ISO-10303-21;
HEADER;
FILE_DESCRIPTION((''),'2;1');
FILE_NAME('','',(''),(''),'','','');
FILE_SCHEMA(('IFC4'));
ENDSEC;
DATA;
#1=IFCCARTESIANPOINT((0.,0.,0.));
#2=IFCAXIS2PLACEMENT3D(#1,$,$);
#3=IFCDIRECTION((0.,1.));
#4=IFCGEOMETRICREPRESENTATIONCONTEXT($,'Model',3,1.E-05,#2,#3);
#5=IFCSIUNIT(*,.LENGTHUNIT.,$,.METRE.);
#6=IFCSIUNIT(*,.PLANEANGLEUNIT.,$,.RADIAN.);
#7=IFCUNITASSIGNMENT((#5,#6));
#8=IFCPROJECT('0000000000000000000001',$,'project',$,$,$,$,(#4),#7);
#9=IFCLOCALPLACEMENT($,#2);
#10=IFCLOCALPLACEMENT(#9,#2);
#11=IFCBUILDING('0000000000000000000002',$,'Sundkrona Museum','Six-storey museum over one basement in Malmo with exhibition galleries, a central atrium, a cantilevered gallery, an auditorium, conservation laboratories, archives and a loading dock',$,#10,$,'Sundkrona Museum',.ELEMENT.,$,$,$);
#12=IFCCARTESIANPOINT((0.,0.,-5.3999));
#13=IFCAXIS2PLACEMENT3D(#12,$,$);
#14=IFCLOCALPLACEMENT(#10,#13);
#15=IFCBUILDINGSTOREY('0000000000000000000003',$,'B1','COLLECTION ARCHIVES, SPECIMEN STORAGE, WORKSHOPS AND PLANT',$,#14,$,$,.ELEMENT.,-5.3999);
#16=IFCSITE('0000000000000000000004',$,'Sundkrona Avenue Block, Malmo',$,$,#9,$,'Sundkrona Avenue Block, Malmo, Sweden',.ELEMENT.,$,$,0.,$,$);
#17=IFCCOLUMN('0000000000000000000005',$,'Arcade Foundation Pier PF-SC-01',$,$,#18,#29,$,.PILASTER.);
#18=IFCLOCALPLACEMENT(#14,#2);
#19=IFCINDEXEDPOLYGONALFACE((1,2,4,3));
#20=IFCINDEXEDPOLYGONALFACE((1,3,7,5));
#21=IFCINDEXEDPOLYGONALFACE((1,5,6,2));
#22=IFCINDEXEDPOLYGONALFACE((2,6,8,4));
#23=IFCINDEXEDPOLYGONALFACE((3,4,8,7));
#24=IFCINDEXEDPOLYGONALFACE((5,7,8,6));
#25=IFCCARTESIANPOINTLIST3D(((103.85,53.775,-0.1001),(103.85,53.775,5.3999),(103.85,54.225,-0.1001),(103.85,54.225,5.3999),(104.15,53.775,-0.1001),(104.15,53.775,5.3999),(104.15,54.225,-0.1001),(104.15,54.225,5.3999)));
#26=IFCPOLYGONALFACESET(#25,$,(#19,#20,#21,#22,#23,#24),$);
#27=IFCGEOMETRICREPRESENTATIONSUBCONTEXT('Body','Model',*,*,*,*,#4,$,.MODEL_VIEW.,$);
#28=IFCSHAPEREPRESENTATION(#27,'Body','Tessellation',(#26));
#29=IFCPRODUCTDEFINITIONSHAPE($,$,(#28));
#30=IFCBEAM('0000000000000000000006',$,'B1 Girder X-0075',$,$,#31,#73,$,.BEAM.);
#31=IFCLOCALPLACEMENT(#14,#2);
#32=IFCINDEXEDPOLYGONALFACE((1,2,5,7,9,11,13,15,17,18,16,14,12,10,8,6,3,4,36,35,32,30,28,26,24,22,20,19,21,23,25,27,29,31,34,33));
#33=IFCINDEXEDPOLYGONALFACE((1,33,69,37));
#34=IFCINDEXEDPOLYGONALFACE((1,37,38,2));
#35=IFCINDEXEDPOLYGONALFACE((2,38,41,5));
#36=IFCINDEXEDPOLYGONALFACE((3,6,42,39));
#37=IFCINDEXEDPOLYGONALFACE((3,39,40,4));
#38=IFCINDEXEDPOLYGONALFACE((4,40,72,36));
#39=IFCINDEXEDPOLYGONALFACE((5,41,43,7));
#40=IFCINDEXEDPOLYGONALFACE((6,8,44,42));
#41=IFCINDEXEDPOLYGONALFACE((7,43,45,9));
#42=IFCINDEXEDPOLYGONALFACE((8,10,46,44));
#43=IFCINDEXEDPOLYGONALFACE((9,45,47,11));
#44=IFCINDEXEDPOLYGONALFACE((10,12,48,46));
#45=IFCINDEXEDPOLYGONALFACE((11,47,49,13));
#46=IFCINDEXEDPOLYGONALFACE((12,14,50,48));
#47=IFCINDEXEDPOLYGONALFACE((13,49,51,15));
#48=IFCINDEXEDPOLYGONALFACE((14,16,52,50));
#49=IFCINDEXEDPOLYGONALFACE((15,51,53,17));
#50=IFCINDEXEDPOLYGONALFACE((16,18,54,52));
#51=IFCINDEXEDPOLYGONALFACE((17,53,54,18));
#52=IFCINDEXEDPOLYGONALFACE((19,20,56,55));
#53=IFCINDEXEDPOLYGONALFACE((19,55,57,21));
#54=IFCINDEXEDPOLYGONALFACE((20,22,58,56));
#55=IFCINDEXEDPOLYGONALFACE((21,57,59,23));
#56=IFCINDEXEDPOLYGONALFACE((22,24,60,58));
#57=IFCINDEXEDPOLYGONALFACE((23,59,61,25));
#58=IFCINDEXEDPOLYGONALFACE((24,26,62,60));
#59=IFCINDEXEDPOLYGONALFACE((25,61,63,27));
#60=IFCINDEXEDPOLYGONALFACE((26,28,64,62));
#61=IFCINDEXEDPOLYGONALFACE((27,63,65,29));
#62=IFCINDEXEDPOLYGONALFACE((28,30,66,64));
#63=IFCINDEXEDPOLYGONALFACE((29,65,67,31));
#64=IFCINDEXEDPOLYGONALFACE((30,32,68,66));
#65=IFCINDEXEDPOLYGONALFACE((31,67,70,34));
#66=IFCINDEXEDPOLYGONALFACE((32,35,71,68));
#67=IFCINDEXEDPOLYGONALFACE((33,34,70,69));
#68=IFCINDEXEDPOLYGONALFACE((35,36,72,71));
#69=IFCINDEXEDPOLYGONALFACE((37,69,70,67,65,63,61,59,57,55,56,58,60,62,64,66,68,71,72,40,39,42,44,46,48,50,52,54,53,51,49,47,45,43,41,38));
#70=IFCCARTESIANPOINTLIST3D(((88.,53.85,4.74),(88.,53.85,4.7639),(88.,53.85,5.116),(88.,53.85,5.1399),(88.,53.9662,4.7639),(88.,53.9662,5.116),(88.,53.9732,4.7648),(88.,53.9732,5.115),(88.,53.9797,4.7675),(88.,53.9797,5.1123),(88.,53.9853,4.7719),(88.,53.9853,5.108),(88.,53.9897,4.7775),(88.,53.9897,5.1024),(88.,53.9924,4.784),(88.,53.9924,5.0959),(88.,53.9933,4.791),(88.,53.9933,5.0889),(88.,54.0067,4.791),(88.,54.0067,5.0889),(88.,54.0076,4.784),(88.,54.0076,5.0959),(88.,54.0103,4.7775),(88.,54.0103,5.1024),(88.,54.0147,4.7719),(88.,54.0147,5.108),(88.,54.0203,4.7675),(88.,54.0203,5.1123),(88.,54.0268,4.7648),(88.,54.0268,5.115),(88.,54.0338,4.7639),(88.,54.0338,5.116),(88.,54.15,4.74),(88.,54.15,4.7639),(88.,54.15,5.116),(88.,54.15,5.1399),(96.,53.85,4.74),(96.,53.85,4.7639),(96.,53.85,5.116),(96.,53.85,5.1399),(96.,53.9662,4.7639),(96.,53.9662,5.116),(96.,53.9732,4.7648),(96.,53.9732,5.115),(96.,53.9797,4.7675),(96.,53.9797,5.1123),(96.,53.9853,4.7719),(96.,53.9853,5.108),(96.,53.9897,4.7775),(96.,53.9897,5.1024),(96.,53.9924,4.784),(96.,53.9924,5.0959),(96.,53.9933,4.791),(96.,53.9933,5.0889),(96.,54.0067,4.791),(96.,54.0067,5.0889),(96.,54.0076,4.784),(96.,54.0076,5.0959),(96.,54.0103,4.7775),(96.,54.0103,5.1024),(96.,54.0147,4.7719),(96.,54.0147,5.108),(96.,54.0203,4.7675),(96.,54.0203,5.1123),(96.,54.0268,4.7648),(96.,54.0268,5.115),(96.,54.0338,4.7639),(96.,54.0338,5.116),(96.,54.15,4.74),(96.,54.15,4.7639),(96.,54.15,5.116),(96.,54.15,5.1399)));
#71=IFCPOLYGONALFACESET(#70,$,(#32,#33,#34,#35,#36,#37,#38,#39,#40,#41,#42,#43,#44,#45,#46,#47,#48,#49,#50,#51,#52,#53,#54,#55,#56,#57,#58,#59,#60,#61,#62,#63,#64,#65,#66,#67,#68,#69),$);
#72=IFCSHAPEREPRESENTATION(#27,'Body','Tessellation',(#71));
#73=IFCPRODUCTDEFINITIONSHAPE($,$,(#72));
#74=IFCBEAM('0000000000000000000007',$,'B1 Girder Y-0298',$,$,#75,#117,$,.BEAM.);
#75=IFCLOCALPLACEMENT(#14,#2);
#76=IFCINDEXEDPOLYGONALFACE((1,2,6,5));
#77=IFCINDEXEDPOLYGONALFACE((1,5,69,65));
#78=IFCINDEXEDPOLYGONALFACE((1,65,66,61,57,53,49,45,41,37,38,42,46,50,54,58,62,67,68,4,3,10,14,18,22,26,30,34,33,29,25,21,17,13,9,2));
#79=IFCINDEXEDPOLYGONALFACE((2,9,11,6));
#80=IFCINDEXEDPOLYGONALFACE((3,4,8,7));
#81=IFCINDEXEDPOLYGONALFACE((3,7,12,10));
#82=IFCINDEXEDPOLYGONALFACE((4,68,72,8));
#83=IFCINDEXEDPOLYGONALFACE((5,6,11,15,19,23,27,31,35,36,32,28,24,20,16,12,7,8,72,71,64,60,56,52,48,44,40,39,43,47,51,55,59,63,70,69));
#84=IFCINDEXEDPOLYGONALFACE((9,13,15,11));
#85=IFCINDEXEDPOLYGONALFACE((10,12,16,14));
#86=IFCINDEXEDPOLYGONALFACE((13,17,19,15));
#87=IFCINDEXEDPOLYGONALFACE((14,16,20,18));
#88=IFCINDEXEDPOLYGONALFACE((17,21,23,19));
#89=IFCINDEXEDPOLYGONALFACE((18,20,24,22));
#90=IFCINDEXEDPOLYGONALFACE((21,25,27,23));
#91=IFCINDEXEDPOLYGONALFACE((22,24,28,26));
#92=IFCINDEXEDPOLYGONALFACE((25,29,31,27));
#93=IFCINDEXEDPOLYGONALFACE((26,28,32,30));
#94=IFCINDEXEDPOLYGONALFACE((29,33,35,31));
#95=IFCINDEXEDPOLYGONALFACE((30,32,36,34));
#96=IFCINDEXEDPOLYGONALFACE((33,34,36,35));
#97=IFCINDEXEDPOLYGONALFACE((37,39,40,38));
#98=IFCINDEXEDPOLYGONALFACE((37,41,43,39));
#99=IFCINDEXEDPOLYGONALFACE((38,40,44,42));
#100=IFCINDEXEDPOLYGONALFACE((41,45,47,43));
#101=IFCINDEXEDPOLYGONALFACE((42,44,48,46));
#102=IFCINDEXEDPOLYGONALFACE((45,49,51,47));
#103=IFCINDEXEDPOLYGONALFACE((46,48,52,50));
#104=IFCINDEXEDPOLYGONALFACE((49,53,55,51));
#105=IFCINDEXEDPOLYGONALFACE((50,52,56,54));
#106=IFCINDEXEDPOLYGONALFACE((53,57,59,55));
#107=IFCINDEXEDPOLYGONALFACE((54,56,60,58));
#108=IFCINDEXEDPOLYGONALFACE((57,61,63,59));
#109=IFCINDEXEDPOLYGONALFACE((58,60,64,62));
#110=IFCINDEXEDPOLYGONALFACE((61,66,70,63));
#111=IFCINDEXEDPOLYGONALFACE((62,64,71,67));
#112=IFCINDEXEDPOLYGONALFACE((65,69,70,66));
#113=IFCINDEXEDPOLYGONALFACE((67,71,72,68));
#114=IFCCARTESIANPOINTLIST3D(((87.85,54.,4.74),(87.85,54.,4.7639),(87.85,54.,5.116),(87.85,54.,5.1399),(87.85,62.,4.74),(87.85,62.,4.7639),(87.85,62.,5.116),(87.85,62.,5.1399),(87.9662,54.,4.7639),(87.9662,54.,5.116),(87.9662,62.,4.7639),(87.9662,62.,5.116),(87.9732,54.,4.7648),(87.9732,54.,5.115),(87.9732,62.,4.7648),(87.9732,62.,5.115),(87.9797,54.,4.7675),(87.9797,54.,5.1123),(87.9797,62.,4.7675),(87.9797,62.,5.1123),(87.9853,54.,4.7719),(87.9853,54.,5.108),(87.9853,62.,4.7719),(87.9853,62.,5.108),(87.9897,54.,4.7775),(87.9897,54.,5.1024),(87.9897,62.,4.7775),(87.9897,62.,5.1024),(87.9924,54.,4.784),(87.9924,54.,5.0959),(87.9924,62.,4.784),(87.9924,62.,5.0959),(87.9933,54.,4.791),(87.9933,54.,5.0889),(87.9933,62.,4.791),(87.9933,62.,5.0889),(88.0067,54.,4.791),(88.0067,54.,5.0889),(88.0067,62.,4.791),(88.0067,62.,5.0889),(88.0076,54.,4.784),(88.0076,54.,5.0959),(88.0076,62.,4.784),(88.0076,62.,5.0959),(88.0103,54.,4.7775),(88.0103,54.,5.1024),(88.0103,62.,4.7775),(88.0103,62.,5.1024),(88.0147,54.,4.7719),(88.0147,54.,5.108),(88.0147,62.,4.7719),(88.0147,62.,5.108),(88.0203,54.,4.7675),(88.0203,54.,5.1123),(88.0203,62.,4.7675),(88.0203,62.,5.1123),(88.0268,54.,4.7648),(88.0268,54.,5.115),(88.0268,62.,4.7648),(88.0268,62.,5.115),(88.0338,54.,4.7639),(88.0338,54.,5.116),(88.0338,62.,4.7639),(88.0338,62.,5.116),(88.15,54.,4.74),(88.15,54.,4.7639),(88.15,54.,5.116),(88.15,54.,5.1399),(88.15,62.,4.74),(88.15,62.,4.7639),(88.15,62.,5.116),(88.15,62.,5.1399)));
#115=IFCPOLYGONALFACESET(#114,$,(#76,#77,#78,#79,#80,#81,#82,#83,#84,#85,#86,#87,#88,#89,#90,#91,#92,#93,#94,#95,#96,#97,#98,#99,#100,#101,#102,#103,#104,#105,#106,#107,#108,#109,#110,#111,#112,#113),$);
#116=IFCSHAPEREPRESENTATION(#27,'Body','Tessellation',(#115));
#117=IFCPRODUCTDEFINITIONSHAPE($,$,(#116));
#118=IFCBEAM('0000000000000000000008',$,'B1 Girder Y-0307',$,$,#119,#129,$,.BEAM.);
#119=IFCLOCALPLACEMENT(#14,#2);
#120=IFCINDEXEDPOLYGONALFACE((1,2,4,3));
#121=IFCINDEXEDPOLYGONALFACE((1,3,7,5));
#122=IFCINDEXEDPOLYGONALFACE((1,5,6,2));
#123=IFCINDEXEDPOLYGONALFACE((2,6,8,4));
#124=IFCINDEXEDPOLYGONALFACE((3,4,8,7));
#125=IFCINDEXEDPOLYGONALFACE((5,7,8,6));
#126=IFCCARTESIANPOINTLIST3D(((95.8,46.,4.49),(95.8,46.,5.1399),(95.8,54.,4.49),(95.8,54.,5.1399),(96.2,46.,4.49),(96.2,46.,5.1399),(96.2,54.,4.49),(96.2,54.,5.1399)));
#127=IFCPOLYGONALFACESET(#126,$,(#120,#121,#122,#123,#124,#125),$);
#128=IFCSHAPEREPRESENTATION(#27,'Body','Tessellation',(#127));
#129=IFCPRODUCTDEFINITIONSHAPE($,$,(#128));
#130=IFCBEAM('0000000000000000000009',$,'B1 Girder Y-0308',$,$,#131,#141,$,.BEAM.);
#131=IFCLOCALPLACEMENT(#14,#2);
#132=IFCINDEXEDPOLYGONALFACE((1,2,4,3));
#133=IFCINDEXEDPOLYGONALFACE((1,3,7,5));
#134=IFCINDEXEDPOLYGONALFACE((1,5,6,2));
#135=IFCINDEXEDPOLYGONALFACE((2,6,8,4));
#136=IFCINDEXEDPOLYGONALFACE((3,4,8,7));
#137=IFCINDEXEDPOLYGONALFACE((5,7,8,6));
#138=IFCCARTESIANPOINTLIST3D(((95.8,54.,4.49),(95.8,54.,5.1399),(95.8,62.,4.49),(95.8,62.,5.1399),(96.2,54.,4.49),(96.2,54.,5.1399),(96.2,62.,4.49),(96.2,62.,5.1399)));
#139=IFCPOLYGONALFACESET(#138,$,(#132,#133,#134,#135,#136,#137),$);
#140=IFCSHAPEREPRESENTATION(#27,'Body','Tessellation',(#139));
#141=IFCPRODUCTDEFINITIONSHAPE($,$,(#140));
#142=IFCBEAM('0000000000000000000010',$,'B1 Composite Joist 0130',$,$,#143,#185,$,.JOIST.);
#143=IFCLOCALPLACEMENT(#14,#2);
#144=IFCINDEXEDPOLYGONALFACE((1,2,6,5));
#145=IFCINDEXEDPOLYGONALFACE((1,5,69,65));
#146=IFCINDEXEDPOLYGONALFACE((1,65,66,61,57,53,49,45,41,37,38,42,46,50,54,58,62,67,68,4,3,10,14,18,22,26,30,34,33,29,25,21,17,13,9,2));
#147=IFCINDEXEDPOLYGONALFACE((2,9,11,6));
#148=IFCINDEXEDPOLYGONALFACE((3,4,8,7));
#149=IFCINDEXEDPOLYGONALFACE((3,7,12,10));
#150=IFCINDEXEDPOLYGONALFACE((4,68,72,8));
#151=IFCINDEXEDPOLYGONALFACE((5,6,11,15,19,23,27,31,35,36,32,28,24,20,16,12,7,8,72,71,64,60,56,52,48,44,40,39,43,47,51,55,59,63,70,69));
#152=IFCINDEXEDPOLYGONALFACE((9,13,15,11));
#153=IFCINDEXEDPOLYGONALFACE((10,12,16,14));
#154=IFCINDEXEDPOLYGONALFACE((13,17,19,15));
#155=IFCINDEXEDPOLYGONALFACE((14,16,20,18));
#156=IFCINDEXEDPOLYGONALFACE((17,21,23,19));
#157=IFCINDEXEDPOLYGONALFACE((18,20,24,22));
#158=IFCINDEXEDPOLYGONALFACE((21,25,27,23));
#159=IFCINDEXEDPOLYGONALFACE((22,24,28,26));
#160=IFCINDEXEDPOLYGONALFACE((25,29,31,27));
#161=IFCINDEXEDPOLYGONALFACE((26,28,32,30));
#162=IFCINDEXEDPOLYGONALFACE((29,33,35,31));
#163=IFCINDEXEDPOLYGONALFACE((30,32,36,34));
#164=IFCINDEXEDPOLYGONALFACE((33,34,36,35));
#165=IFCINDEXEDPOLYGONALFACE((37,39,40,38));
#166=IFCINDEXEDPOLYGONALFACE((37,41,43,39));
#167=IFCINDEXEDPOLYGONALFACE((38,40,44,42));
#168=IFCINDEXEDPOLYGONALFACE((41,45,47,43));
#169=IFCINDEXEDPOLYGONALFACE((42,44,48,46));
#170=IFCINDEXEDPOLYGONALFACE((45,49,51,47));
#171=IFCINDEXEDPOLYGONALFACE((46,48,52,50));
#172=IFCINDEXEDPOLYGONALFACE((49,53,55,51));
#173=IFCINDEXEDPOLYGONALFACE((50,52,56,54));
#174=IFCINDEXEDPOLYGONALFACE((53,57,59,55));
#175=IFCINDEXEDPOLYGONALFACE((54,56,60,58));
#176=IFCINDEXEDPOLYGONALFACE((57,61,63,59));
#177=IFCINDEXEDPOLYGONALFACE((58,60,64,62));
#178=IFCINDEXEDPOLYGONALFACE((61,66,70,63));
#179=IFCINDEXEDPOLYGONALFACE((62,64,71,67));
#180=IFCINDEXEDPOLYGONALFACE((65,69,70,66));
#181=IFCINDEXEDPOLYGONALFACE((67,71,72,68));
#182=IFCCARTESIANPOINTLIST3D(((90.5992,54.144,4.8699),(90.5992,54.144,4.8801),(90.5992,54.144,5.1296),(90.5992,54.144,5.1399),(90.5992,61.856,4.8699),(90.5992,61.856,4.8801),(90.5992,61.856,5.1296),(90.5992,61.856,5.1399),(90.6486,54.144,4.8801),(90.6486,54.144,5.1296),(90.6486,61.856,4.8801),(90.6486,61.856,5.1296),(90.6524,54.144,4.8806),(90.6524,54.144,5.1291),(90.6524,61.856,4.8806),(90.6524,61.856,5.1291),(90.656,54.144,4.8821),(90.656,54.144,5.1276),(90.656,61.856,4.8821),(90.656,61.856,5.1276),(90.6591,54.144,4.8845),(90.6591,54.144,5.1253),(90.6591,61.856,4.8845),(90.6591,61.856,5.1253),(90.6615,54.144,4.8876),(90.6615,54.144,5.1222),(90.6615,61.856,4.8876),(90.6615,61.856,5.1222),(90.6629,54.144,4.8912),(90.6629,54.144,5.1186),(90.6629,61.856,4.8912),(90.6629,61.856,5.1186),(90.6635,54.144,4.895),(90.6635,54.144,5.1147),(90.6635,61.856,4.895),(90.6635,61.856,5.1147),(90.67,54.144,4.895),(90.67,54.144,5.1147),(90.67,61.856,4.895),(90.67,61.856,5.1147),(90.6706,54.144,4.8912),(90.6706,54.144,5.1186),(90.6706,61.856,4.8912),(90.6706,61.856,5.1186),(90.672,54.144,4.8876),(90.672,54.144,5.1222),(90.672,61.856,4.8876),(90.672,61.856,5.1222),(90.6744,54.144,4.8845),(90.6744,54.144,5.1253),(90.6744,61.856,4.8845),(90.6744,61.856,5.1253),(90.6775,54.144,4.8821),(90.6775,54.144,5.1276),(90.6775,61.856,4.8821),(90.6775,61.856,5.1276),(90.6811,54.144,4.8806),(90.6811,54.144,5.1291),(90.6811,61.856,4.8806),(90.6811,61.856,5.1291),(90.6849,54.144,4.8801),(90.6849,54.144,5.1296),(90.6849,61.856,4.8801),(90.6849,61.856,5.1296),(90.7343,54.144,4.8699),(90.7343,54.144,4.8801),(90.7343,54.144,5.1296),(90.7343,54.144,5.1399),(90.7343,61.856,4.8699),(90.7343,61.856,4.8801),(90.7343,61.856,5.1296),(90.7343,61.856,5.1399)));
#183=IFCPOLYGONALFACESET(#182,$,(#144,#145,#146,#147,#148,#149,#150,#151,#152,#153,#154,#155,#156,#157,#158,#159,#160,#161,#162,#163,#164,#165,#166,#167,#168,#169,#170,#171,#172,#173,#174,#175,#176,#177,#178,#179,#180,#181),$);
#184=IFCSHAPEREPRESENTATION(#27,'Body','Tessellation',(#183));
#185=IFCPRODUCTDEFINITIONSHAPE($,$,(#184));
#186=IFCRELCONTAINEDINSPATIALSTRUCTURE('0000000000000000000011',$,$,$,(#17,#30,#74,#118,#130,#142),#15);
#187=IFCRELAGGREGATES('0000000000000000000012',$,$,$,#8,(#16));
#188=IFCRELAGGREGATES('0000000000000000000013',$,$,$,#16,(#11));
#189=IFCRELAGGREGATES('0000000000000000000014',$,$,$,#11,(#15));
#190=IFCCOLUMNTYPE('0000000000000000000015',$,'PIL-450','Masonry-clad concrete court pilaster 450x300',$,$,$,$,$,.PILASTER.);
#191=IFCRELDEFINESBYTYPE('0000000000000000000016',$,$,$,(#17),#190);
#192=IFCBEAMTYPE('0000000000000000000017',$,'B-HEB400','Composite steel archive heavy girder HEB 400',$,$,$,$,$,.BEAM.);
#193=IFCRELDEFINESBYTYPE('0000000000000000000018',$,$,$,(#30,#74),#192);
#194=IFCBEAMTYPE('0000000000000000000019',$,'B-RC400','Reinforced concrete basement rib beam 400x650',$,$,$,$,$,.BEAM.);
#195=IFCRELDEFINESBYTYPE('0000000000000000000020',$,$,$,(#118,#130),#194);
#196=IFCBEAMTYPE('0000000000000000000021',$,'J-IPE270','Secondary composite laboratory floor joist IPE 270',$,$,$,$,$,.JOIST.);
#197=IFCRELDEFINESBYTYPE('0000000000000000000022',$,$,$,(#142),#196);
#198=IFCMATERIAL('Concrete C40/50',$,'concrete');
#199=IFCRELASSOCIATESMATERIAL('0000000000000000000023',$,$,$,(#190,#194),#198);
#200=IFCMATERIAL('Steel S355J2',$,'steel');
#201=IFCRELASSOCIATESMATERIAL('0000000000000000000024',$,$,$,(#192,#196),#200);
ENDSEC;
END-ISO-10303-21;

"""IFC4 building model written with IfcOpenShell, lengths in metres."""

from ifc_helpers import new_model, si_unit, direction, frame, origin, origin_2d, place, context, subcontext, project, spatial, rectangle, i_section, extrude, material, material_profile, profile_set, type_object, element, save


model = new_model("IFC4")

# Units and contexts
model_context = context("Model", 3, precision=1e-05, world=origin(), true_north=direction((0.0, 1.0)))
body_context = subcontext(model_context, "Body", "Model", "MODEL_VIEW")
ifc_project = project(units=[si_unit("LENGTHUNIT", "METRE"), si_unit("PLANEANGLEUNIT", "RADIAN")], contexts=[model_context])

# Site, building, storey
site_placement = place(None, origin())
site = spatial("IfcSite", under=ifc_project, at=site_placement, Name="Sundkrona Avenue Block, Malmo", LongName="Sundkrona Avenue Block, Malmo, Sweden", CompositionType="ELEMENT", RefElevation=0.0)
building_placement = place(site_placement, origin())
building = spatial("IfcBuilding", under=site, at=building_placement, Name="Sundkrona Museum", Description="Six-storey museum over one basement in Malmo with exhibition galleries, a central atrium, a cantilevered gallery, an auditorium, conservation laboratories, archives and a loading dock", LongName="Sundkrona Museum", CompositionType="ELEMENT")
storey_placement = place(building_placement, frame((0.0, 0.0, -5.3999)))
storey = spatial("IfcBuildingStorey", under=building, at=storey_placement, Name="B1", Description="COLLECTION ARCHIVES, SPECIMEN STORAGE, WORKSHOPS AND PLANT", CompositionType="ELEMENT", Elevation=-5.3999)

# Shared definitions
ifc_material_1 = material(Name="Concrete C40/50", Category="concrete")

# Column
ifc_material_profile_1 = material_profile(ifc_material_1, rectangle(XDim=0.3, YDim=0.45, at=origin_2d()), Name="RC 450x300")
ifc_profile_set_1 = profile_set([ifc_material_profile_1], Name="Concrete C40/50")
column_type_1 = type_object("IfcColumnType", Name="PIL-450", Description="Masonry-clad concrete court pilaster 450x300", PredefinedType="PILASTER", material=ifc_profile_set_1)
column_placement = place(storey_placement, frame((104.0, 54.0, -0.1001), z_axis=(0.0, 0.0, 1.0), x_axis=(1.0, 0.0, 0.0)))
element("IfcColumn", 1, at=column_placement, inside=storey, type_object=column_type_1, Name="Arcade Foundation Pier PF-SC-01", PredefinedType="PILASTER", context=body_context, shape_type="SweptSolid", body=[
    extrude(rectangle(XDim=0.3, YDim=0.45, at=origin_2d()), origin(), (0.0, 0.0, 1.0), 5.5),
])

# Beams
ifc_material_2 = material(Name="Steel S355J2", Category="steel")
ifc_material_profile_2 = material_profile(ifc_material_2, i_section(OverallWidth=0.3, OverallDepth=0.3999, WebThickness=0.0134, FlangeThickness=0.0239, FilletRadius=0.0271, at=origin_2d()), Name="HEB 400")
ifc_profile_set_2 = profile_set([ifc_material_profile_2], Name="Steel S355J2")
beam_type_1 = type_object("IfcBeamType", Name="B-HEB400", Description="Composite steel archive heavy girder HEB 400", PredefinedType="BEAM", material=ifc_profile_set_2)
for number, where, z_axis, x_axis, name in (
    (2, (88.0, 54.0, 4.9399), (1.0, 0.0, 0.0), (0.0, 1.0, 0.0), "B1 Girder X-0075"),
    (3, (88.0, 54.0, 4.9399), (0.0, 1.0, 0.0), (-1.0, 0.0, 0.0), "B1 Girder Y-0298"),
):
    element("IfcBeam", number, at=place(storey_placement, frame(where, z_axis=z_axis, x_axis=x_axis)), inside=storey, type_object=beam_type_1, Name=name, PredefinedType="BEAM", context=body_context, shape_type="SweptSolid", body=[
        extrude(i_section(OverallWidth=0.3, OverallDepth=0.3999, WebThickness=0.0134, FlangeThickness=0.0239, FilletRadius=0.0271, at=origin_2d()), origin(), (0.0, 0.0, 1.0), 8.0),
    ])
ifc_material_profile_3 = material_profile(ifc_material_1, rectangle(XDim=0.3999, YDim=0.6499, at=origin_2d()), Name="RCB 400x650")
ifc_profile_set_3 = profile_set([ifc_material_profile_3], Name="Concrete C40/50")
beam_type_2 = type_object("IfcBeamType", Name="B-RC400", Description="Reinforced concrete basement rib beam 400x650", PredefinedType="BEAM", material=ifc_profile_set_3)
for number, where, z_axis, x_axis, name in (
    (4, (96.0, 46.0, 4.8149), (0.0, 1.0, 0.0), (-1.0, 0.0, 0.0), "B1 Girder Y-0307"),
    (5, (96.0, 54.0, 4.8149), (0.0, 1.0, 0.0), (-1.0, 0.0, 0.0), "B1 Girder Y-0308"),
):
    element("IfcBeam", number, at=place(storey_placement, frame(where, z_axis=z_axis, x_axis=x_axis)), inside=storey, type_object=beam_type_2, Name=name, PredefinedType="BEAM", context=body_context, shape_type="SweptSolid", body=[
        extrude(rectangle(XDim=0.3999, YDim=0.6499, at=origin_2d()), origin(), (0.0, 0.0, 1.0), 8.0),
    ])
ifc_material_profile_4 = material_profile(ifc_material_2, i_section(OverallWidth=0.135, OverallDepth=0.27, WebThickness=0.0066, FlangeThickness=0.0103, FilletRadius=0.0149, at=origin_2d()), Name="IPE 270")
ifc_profile_set_4 = profile_set([ifc_material_profile_4], Name="Steel S355J2")
beam_type_3 = type_object("IfcBeamType", Name="J-IPE270", Description="Secondary composite laboratory floor joist IPE 270", PredefinedType="JOIST", material=ifc_profile_set_4)
beam_placement = place(storey_placement, frame((90.6667, 54.144, 5.0049), z_axis=(0.0, 1.0, 0.0), x_axis=(-1.0, 0.0, 0.0)))
element("IfcBeam", 6, at=beam_placement, inside=storey, type_object=beam_type_3, Name="B1 Composite Joist 0130", PredefinedType="JOIST", context=body_context, shape_type="SweptSolid", body=[
    extrude(i_section(OverallWidth=0.135, OverallDepth=0.27, WebThickness=0.0066, FlangeThickness=0.0103, FilletRadius=0.0149, at=origin_2d()), origin(), (0.0, 0.0, 1.0), 7.7119),
])

save(model, "model.ifc")
